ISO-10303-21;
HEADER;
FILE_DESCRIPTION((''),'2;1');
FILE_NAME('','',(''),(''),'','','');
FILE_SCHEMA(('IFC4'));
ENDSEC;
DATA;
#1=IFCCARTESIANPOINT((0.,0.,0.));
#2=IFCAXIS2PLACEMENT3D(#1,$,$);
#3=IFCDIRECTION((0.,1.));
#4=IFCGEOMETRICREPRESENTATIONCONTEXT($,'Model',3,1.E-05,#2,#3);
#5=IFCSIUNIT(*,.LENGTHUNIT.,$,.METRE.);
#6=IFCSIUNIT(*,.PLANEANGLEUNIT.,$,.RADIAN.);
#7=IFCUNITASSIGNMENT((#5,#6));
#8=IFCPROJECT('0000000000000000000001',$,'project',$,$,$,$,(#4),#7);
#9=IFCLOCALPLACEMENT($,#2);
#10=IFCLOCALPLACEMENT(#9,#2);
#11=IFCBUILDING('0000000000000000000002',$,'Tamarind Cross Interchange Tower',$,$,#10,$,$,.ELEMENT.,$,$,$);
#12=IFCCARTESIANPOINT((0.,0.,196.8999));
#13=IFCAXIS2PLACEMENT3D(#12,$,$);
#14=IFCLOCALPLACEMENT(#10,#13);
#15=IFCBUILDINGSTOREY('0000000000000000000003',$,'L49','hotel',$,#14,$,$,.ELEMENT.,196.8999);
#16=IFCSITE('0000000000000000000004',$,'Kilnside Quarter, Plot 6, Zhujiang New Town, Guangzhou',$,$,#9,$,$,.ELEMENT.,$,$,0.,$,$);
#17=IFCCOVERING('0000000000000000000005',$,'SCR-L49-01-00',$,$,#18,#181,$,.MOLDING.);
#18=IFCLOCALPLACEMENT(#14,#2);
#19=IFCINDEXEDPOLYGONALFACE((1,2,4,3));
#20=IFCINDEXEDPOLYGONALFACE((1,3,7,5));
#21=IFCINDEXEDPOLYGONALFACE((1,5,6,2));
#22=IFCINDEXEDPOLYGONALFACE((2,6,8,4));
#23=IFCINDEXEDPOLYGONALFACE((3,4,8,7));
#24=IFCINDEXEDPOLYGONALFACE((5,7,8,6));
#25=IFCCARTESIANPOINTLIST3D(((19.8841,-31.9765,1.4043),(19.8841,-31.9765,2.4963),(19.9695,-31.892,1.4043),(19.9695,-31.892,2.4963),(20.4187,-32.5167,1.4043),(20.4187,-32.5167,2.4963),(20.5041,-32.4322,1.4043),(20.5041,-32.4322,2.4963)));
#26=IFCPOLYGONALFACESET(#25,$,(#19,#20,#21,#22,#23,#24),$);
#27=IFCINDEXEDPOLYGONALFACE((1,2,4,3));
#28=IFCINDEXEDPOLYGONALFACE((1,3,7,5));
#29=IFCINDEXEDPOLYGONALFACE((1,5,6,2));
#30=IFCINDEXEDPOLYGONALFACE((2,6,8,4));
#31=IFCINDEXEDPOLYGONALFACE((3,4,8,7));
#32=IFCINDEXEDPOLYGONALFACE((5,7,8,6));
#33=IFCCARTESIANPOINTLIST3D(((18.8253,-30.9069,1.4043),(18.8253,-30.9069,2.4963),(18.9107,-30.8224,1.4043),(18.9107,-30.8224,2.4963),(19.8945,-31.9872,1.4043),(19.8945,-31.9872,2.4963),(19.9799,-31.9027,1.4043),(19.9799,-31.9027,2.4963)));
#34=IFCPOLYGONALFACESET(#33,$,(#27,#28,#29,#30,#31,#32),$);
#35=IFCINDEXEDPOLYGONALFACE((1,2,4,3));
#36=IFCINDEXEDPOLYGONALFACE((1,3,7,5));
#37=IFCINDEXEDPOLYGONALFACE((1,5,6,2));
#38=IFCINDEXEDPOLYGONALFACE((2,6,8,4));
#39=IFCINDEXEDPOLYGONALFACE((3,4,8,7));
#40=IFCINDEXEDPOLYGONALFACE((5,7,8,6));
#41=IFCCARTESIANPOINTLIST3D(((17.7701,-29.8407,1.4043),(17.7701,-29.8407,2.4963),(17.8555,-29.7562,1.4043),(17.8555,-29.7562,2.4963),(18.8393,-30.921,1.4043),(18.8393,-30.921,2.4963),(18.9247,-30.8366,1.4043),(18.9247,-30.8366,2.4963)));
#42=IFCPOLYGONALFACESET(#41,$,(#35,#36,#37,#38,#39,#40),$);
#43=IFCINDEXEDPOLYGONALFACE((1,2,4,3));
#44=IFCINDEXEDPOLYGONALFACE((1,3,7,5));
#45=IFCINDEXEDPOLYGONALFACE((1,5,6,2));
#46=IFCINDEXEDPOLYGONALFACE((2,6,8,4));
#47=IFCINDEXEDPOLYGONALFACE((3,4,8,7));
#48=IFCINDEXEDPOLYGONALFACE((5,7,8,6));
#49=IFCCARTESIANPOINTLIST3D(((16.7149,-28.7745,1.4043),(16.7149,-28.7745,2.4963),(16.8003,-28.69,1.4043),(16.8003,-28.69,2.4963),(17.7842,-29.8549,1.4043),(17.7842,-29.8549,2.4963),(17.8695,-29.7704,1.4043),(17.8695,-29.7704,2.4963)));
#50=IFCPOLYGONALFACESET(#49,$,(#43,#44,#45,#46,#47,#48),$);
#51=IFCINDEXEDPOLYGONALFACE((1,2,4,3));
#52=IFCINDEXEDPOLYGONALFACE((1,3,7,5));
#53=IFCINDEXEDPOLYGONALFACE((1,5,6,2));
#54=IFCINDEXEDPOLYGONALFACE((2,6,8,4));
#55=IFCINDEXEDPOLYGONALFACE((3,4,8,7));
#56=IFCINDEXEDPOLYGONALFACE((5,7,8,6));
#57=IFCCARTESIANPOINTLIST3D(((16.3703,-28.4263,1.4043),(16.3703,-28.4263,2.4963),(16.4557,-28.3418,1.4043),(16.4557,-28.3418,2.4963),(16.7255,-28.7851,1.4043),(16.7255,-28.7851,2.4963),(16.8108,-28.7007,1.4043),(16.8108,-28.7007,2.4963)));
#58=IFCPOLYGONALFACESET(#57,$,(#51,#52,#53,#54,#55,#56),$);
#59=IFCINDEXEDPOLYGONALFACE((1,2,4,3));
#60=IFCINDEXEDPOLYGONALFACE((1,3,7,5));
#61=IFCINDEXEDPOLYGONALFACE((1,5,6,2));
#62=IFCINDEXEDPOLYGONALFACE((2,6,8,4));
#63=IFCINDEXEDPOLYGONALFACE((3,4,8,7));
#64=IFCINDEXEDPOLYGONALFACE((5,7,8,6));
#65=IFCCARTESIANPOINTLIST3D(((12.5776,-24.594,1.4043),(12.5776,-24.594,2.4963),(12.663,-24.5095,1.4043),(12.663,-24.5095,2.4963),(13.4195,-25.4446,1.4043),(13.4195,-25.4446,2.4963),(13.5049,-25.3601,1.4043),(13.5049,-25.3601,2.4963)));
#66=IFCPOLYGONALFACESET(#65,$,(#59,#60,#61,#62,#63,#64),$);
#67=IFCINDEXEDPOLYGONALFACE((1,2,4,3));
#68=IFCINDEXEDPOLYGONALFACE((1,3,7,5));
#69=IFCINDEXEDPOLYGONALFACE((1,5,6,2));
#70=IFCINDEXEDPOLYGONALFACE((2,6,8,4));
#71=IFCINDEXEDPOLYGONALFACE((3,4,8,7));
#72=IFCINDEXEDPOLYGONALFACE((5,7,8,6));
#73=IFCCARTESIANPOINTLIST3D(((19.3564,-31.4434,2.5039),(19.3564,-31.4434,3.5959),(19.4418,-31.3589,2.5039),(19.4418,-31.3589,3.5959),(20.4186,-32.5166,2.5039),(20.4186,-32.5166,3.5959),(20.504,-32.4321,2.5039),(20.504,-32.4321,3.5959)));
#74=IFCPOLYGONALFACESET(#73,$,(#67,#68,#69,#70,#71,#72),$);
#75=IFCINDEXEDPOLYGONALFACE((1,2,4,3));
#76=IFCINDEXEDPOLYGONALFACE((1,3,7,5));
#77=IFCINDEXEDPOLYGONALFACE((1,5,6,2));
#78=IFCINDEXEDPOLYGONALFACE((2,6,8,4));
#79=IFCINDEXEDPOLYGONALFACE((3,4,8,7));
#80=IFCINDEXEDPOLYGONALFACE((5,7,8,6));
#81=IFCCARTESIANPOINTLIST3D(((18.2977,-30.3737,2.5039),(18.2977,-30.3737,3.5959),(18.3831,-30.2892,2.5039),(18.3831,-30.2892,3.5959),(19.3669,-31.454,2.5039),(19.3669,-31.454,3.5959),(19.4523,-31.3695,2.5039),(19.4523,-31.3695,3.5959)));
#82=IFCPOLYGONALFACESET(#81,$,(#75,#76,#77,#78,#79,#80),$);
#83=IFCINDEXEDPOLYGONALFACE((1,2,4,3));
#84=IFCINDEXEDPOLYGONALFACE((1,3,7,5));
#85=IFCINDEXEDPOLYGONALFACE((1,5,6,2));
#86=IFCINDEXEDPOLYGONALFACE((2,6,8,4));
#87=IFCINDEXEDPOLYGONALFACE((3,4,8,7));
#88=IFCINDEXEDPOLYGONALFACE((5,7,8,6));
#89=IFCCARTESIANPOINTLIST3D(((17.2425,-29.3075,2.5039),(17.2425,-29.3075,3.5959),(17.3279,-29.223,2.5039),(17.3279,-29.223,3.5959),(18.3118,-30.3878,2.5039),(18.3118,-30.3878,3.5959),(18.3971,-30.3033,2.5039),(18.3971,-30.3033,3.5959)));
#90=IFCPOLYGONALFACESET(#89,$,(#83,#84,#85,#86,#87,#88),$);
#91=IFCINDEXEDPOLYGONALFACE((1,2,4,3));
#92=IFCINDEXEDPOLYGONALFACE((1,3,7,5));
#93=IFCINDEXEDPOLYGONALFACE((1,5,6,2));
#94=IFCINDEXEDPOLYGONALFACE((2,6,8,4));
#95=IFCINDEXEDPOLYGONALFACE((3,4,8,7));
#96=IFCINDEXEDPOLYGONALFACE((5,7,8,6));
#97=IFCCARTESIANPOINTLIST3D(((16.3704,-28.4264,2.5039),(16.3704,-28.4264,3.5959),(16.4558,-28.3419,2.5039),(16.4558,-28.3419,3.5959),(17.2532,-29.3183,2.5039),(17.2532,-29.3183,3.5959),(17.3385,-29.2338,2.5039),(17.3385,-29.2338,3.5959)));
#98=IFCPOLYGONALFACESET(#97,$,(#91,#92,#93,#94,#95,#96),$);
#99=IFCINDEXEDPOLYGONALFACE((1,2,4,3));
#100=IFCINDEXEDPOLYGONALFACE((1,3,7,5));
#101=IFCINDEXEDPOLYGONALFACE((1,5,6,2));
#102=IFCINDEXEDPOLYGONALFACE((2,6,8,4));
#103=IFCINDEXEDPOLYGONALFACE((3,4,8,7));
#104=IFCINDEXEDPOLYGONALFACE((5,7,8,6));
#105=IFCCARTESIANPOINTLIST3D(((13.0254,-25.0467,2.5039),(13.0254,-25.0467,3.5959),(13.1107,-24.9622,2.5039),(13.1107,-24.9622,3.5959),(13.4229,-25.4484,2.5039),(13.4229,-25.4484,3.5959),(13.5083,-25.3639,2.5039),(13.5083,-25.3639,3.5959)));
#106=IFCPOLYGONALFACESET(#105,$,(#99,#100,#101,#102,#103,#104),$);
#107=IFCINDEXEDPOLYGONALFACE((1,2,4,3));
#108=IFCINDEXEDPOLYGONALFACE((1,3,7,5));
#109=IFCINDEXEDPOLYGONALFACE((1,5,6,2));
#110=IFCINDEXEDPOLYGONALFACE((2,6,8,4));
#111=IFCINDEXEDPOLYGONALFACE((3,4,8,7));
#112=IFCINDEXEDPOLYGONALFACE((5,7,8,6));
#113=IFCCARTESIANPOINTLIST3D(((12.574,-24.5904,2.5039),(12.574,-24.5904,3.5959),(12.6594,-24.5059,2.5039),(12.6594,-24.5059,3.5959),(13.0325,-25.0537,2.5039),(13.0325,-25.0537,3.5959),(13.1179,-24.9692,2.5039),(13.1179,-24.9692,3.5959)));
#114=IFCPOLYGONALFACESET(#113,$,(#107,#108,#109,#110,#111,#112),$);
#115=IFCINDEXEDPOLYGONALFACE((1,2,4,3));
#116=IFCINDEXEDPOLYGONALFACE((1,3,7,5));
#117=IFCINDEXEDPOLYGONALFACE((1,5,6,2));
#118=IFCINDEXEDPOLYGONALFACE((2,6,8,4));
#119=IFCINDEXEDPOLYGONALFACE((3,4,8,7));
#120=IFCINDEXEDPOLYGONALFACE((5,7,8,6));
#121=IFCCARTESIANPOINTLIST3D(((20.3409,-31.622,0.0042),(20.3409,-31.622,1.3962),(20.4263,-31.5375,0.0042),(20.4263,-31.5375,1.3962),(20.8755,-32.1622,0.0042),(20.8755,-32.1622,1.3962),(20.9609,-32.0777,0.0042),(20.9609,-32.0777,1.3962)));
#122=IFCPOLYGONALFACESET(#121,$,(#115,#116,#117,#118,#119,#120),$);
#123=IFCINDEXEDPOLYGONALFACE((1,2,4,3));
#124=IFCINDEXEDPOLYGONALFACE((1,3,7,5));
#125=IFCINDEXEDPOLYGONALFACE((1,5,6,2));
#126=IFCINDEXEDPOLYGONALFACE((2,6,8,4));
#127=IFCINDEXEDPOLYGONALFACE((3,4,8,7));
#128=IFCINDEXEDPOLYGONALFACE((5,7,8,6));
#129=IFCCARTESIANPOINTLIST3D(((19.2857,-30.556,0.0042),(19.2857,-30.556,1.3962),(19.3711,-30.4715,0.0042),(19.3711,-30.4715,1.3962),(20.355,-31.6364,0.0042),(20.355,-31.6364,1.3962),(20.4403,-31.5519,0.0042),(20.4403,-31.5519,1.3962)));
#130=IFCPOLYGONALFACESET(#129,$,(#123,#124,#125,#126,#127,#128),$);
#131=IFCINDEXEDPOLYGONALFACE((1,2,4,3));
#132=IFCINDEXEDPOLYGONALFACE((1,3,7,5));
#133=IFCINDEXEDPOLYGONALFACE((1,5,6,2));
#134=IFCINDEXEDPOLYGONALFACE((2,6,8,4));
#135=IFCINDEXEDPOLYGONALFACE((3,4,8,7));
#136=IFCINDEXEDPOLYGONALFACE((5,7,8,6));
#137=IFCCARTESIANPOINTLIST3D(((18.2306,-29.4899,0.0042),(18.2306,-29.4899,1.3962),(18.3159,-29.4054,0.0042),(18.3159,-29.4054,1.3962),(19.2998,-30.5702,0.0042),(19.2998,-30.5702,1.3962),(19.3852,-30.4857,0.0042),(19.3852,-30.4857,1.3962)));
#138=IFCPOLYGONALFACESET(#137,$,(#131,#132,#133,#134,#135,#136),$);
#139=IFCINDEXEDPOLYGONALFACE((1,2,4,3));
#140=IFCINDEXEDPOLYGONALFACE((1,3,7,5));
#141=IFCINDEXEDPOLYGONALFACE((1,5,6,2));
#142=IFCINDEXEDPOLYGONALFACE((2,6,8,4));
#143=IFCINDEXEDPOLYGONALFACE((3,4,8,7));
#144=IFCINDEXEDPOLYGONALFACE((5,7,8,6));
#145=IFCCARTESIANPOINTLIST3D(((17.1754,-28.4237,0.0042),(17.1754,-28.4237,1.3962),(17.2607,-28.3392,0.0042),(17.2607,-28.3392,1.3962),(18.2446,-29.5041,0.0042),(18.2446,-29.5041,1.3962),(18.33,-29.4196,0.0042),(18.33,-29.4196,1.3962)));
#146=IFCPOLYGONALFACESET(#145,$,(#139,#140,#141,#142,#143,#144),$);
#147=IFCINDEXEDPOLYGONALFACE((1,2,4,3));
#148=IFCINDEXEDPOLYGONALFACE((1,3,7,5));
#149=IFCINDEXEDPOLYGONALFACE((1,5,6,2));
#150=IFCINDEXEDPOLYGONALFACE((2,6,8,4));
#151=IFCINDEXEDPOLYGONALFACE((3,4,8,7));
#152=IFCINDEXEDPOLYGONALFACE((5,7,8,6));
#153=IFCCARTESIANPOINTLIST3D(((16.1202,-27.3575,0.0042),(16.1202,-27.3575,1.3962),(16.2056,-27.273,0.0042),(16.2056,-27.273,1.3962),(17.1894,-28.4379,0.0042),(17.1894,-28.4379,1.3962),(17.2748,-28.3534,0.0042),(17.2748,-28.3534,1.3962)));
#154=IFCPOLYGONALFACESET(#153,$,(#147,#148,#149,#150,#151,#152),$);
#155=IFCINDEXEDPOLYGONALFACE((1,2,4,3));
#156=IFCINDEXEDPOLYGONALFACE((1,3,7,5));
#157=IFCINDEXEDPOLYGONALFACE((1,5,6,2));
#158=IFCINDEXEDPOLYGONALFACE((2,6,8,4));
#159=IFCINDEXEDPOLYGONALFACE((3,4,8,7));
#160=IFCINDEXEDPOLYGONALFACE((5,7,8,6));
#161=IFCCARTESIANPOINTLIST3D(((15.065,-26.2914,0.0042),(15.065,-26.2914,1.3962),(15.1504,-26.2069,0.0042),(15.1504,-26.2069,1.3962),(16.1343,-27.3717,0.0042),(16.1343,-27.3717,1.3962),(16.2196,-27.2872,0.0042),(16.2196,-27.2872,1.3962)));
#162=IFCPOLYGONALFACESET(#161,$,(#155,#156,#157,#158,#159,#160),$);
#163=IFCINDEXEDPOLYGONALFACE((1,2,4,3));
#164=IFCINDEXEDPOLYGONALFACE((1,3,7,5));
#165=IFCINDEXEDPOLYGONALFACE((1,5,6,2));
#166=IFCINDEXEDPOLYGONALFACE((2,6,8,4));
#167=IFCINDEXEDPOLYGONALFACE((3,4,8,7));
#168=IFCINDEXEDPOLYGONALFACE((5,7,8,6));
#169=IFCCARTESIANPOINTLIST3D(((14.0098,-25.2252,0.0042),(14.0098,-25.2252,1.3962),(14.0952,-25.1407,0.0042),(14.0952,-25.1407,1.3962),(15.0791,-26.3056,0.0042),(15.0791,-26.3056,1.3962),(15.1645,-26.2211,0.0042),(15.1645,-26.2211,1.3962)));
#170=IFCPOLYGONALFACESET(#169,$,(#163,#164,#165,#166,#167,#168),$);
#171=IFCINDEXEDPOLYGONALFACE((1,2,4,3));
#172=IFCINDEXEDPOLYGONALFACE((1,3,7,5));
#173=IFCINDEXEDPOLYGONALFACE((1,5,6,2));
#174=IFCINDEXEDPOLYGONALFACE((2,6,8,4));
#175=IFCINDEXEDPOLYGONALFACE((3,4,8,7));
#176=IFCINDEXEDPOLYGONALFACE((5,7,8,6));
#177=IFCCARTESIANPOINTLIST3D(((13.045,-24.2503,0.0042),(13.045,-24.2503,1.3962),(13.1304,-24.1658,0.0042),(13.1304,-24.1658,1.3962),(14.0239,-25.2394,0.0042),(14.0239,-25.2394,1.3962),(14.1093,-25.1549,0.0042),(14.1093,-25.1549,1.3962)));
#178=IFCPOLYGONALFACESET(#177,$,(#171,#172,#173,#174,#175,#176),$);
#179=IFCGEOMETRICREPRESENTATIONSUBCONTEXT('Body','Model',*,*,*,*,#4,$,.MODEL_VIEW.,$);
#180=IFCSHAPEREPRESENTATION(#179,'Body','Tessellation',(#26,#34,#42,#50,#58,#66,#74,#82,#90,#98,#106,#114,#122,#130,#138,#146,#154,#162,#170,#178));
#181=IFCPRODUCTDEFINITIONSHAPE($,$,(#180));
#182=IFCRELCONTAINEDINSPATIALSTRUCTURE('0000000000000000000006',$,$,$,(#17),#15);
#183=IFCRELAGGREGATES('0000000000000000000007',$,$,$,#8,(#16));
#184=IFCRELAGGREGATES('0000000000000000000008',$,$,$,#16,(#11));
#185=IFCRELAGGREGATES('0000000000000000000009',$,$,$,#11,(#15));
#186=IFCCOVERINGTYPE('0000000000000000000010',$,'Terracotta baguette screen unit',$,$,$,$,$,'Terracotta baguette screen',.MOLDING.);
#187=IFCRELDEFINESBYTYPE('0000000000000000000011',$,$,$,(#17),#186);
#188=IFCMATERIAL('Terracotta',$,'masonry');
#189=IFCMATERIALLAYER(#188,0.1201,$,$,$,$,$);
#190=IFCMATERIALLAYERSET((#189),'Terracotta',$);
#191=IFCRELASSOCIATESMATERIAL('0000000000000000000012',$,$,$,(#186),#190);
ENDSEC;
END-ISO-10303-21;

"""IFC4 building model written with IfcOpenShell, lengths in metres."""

from ifc_helpers import new_model, si_unit, direction, frame, origin, origin_2d, place, context, subcontext, project, spatial, rectangle, extrude, material, layer, layer_set, type_object, element, save


model = new_model("IFC4")

# Units and contexts
model_context = context("Model", 3, precision=1e-05, world=origin(), true_north=direction((0.0, 1.0)))
body_context = subcontext(model_context, "Body", "Model", "MODEL_VIEW")
ifc_project = project(units=[si_unit("LENGTHUNIT", "METRE"), si_unit("PLANEANGLEUNIT", "RADIAN")], contexts=[model_context])

# Site, building, storey
site_placement = place(None, origin())
site = spatial("IfcSite", under=ifc_project, at=site_placement, Name="Kilnside Quarter, Plot 6, Zhujiang New Town, Guangzhou", CompositionType="ELEMENT", RefElevation=0.0)
building_placement = place(site_placement, origin())
building = spatial("IfcBuilding", under=site, at=building_placement, Name="Tamarind Cross Interchange Tower", CompositionType="ELEMENT")
storey_placement = place(building_placement, frame((0.0, 0.0, 196.8999)))
storey = spatial("IfcBuildingStorey", under=building, at=storey_placement, Name="L49", Description="hotel", CompositionType="ELEMENT", Elevation=196.8999)

# Covering
ifc_material_1 = material(Name="Terracotta", Category="masonry")
ifc_layer_1 = layer(ifc_material_1, 0.1201)
ifc_layer_set_1 = layer_set([ifc_layer_1], Name="Terracotta")
covering_type = type_object("IfcCoveringType", Name="Terracotta baguette screen unit", ElementType="Terracotta baguette screen", PredefinedType="MOLDING", material=ifc_layer_set_1)
covering_1_placement = place(storey_placement, origin())
element("IfcCovering", 1, at=covering_1_placement, inside=storey, type_object=covering_type, Name="SCR-L49-01-00", PredefinedType="MOLDING", context=body_context, shape_type="SweptSolid", body=[
    extrude(rectangle(XDim=0.76, YDim=0.1201, at=origin_2d()), frame((20.1941, -32.2043, 1.4043), z_axis=(0.0, 0.0, 1.0), x_axis=(-0.703444, 0.710751, 0.0)), (0.0, 0.0, 1.0), 1.092),
    extrude(rectangle(XDim=1.52, YDim=0.1201, at=origin_2d()), frame((19.4026, -31.4048, 1.4043), z_axis=(0.0, 0.0, 1.0), x_axis=(-0.703444, 0.710751, 0.0)), (0.0, 0.0, 1.0), 1.092),
    extrude(rectangle(XDim=1.52, YDim=0.1201, at=origin_2d()), frame((18.3474, -30.3386, 1.4043), z_axis=(0.0, 0.0, 1.0), x_axis=(-0.703444, 0.710751, 0.0)), (0.0, 0.0, 1.0), 1.092),
    extrude(rectangle(XDim=1.52, YDim=0.1201, at=origin_2d()), frame((17.2922, -29.2725, 1.4043), z_axis=(0.0, 0.0, 1.0), x_axis=(-0.703444, 0.710751, 0.0)), (0.0, 0.0, 1.0), 1.092),
    extrude(rectangle(XDim=0.5049, YDim=0.1201, at=origin_2d()), frame((16.5906, -28.5635, 1.4043), z_axis=(0.0, 0.0, 1.0), x_axis=(-0.703444, 0.710751, 0.0)), (0.0, 0.0, 1.0), 1.092),
    extrude(rectangle(XDim=1.1968, YDim=0.1201, at=origin_2d()), frame((13.0413, -24.9771, 1.4043), z_axis=(0.0, 0.0, 1.0), x_axis=(-0.703444, 0.710751, 0.0)), (0.0, 0.0, 1.0), 1.092),
    extrude(rectangle(XDim=1.51, YDim=0.1201, at=origin_2d()), frame((19.9302, -31.9377, 2.5039), z_axis=(0.0, 0.0, 1.0), x_axis=(-0.703444, 0.710751, 0.0)), (0.0, 0.0, 1.0), 1.092),
    extrude(rectangle(XDim=1.52, YDim=0.1201, at=origin_2d()), frame((18.875, -30.8716, 2.5039), z_axis=(0.0, 0.0, 1.0), x_axis=(-0.703444, 0.710751, 0.0)), (0.0, 0.0, 1.0), 1.092),
    extrude(rectangle(XDim=1.52, YDim=0.1201, at=origin_2d()), frame((17.8198, -29.8054, 2.5039), z_axis=(0.0, 0.0, 1.0), x_axis=(-0.703444, 0.710751, 0.0)), (0.0, 0.0, 1.0), 1.092),
    extrude(rectangle(XDim=1.2549, YDim=0.1201, at=origin_2d()), frame((16.8545, -28.8301, 2.5039), z_axis=(0.0, 0.0, 1.0), x_axis=(-0.703444, 0.710751, 0.0)), (0.0, 0.0, 1.0), 1.092),
    extrude(rectangle(XDim=0.5652, YDim=0.1201, at=origin_2d()), frame((13.2668, -25.2053, 2.5039), z_axis=(0.0, 0.0, 1.0), x_axis=(-0.703444, 0.710751, 0.0)), (0.0, 0.0, 1.0), 1.092),
    extrude(rectangle(XDim=0.6519, YDim=0.1201, at=origin_2d()), frame((12.8459, -24.7798, 2.5039), z_axis=(0.0, 0.0, 1.0), x_axis=(-0.703444, 0.710751, 0.0)), (0.0, 0.0, 1.0), 1.092),
    extrude(rectangle(XDim=0.76, YDim=0.1201, at=origin_2d()), frame((20.6509, -31.8499, 0.0042), z_axis=(0.0, 0.0, 1.0), x_axis=(-0.703444, 0.710751, 0.0)), (0.0, 0.0, 1.0), 1.3921),
    extrude(rectangle(XDim=1.52, YDim=0.1201, at=origin_2d()), frame((19.863, -31.054, 0.0042), z_axis=(0.0, 0.0, 1.0), x_axis=(-0.703444, 0.710751, 0.0)), (0.0, 0.0, 1.0), 1.3921),
    extrude(rectangle(XDim=1.52, YDim=0.1201, at=origin_2d()), frame((18.8079, -29.9878, 0.0042), z_axis=(0.0, 0.0, 1.0), x_axis=(-0.703444, 0.710751, 0.0)), (0.0, 0.0, 1.0), 1.3921),
    extrude(rectangle(XDim=1.52, YDim=0.1201, at=origin_2d()), frame((17.7527, -28.9216, 0.0042), z_axis=(0.0, 0.0, 1.0), x_axis=(-0.703444, 0.710751, 0.0)), (0.0, 0.0, 1.0), 1.3921),
    extrude(rectangle(XDim=1.52, YDim=0.1201, at=origin_2d()), frame((16.6975, -27.8555, 0.0042), z_axis=(0.0, 0.0, 1.0), x_axis=(-0.703444, 0.710751, 0.0)), (0.0, 0.0, 1.0), 1.3921),
    extrude(rectangle(XDim=1.52, YDim=0.1201, at=origin_2d()), frame((15.6423, -26.7893, 0.0042), z_axis=(0.0, 0.0, 1.0), x_axis=(-0.703444, 0.710751, 0.0)), (0.0, 0.0, 1.0), 1.3921),
    extrude(rectangle(XDim=1.52, YDim=0.1201, at=origin_2d()), frame((14.5872, -25.7231, 0.0042), z_axis=(0.0, 0.0, 1.0), x_axis=(-0.703444, 0.710751, 0.0)), (0.0, 0.0, 1.0), 1.3921),
    extrude(rectangle(XDim=1.3916, YDim=0.1201, at=origin_2d()), frame((13.5771, -24.7026, 0.0042), z_axis=(0.0, 0.0, 1.0), x_axis=(-0.703444, 0.710751, 0.0)), (0.0, 0.0, 1.0), 1.3921),
])

save(model, "model.ifc")
